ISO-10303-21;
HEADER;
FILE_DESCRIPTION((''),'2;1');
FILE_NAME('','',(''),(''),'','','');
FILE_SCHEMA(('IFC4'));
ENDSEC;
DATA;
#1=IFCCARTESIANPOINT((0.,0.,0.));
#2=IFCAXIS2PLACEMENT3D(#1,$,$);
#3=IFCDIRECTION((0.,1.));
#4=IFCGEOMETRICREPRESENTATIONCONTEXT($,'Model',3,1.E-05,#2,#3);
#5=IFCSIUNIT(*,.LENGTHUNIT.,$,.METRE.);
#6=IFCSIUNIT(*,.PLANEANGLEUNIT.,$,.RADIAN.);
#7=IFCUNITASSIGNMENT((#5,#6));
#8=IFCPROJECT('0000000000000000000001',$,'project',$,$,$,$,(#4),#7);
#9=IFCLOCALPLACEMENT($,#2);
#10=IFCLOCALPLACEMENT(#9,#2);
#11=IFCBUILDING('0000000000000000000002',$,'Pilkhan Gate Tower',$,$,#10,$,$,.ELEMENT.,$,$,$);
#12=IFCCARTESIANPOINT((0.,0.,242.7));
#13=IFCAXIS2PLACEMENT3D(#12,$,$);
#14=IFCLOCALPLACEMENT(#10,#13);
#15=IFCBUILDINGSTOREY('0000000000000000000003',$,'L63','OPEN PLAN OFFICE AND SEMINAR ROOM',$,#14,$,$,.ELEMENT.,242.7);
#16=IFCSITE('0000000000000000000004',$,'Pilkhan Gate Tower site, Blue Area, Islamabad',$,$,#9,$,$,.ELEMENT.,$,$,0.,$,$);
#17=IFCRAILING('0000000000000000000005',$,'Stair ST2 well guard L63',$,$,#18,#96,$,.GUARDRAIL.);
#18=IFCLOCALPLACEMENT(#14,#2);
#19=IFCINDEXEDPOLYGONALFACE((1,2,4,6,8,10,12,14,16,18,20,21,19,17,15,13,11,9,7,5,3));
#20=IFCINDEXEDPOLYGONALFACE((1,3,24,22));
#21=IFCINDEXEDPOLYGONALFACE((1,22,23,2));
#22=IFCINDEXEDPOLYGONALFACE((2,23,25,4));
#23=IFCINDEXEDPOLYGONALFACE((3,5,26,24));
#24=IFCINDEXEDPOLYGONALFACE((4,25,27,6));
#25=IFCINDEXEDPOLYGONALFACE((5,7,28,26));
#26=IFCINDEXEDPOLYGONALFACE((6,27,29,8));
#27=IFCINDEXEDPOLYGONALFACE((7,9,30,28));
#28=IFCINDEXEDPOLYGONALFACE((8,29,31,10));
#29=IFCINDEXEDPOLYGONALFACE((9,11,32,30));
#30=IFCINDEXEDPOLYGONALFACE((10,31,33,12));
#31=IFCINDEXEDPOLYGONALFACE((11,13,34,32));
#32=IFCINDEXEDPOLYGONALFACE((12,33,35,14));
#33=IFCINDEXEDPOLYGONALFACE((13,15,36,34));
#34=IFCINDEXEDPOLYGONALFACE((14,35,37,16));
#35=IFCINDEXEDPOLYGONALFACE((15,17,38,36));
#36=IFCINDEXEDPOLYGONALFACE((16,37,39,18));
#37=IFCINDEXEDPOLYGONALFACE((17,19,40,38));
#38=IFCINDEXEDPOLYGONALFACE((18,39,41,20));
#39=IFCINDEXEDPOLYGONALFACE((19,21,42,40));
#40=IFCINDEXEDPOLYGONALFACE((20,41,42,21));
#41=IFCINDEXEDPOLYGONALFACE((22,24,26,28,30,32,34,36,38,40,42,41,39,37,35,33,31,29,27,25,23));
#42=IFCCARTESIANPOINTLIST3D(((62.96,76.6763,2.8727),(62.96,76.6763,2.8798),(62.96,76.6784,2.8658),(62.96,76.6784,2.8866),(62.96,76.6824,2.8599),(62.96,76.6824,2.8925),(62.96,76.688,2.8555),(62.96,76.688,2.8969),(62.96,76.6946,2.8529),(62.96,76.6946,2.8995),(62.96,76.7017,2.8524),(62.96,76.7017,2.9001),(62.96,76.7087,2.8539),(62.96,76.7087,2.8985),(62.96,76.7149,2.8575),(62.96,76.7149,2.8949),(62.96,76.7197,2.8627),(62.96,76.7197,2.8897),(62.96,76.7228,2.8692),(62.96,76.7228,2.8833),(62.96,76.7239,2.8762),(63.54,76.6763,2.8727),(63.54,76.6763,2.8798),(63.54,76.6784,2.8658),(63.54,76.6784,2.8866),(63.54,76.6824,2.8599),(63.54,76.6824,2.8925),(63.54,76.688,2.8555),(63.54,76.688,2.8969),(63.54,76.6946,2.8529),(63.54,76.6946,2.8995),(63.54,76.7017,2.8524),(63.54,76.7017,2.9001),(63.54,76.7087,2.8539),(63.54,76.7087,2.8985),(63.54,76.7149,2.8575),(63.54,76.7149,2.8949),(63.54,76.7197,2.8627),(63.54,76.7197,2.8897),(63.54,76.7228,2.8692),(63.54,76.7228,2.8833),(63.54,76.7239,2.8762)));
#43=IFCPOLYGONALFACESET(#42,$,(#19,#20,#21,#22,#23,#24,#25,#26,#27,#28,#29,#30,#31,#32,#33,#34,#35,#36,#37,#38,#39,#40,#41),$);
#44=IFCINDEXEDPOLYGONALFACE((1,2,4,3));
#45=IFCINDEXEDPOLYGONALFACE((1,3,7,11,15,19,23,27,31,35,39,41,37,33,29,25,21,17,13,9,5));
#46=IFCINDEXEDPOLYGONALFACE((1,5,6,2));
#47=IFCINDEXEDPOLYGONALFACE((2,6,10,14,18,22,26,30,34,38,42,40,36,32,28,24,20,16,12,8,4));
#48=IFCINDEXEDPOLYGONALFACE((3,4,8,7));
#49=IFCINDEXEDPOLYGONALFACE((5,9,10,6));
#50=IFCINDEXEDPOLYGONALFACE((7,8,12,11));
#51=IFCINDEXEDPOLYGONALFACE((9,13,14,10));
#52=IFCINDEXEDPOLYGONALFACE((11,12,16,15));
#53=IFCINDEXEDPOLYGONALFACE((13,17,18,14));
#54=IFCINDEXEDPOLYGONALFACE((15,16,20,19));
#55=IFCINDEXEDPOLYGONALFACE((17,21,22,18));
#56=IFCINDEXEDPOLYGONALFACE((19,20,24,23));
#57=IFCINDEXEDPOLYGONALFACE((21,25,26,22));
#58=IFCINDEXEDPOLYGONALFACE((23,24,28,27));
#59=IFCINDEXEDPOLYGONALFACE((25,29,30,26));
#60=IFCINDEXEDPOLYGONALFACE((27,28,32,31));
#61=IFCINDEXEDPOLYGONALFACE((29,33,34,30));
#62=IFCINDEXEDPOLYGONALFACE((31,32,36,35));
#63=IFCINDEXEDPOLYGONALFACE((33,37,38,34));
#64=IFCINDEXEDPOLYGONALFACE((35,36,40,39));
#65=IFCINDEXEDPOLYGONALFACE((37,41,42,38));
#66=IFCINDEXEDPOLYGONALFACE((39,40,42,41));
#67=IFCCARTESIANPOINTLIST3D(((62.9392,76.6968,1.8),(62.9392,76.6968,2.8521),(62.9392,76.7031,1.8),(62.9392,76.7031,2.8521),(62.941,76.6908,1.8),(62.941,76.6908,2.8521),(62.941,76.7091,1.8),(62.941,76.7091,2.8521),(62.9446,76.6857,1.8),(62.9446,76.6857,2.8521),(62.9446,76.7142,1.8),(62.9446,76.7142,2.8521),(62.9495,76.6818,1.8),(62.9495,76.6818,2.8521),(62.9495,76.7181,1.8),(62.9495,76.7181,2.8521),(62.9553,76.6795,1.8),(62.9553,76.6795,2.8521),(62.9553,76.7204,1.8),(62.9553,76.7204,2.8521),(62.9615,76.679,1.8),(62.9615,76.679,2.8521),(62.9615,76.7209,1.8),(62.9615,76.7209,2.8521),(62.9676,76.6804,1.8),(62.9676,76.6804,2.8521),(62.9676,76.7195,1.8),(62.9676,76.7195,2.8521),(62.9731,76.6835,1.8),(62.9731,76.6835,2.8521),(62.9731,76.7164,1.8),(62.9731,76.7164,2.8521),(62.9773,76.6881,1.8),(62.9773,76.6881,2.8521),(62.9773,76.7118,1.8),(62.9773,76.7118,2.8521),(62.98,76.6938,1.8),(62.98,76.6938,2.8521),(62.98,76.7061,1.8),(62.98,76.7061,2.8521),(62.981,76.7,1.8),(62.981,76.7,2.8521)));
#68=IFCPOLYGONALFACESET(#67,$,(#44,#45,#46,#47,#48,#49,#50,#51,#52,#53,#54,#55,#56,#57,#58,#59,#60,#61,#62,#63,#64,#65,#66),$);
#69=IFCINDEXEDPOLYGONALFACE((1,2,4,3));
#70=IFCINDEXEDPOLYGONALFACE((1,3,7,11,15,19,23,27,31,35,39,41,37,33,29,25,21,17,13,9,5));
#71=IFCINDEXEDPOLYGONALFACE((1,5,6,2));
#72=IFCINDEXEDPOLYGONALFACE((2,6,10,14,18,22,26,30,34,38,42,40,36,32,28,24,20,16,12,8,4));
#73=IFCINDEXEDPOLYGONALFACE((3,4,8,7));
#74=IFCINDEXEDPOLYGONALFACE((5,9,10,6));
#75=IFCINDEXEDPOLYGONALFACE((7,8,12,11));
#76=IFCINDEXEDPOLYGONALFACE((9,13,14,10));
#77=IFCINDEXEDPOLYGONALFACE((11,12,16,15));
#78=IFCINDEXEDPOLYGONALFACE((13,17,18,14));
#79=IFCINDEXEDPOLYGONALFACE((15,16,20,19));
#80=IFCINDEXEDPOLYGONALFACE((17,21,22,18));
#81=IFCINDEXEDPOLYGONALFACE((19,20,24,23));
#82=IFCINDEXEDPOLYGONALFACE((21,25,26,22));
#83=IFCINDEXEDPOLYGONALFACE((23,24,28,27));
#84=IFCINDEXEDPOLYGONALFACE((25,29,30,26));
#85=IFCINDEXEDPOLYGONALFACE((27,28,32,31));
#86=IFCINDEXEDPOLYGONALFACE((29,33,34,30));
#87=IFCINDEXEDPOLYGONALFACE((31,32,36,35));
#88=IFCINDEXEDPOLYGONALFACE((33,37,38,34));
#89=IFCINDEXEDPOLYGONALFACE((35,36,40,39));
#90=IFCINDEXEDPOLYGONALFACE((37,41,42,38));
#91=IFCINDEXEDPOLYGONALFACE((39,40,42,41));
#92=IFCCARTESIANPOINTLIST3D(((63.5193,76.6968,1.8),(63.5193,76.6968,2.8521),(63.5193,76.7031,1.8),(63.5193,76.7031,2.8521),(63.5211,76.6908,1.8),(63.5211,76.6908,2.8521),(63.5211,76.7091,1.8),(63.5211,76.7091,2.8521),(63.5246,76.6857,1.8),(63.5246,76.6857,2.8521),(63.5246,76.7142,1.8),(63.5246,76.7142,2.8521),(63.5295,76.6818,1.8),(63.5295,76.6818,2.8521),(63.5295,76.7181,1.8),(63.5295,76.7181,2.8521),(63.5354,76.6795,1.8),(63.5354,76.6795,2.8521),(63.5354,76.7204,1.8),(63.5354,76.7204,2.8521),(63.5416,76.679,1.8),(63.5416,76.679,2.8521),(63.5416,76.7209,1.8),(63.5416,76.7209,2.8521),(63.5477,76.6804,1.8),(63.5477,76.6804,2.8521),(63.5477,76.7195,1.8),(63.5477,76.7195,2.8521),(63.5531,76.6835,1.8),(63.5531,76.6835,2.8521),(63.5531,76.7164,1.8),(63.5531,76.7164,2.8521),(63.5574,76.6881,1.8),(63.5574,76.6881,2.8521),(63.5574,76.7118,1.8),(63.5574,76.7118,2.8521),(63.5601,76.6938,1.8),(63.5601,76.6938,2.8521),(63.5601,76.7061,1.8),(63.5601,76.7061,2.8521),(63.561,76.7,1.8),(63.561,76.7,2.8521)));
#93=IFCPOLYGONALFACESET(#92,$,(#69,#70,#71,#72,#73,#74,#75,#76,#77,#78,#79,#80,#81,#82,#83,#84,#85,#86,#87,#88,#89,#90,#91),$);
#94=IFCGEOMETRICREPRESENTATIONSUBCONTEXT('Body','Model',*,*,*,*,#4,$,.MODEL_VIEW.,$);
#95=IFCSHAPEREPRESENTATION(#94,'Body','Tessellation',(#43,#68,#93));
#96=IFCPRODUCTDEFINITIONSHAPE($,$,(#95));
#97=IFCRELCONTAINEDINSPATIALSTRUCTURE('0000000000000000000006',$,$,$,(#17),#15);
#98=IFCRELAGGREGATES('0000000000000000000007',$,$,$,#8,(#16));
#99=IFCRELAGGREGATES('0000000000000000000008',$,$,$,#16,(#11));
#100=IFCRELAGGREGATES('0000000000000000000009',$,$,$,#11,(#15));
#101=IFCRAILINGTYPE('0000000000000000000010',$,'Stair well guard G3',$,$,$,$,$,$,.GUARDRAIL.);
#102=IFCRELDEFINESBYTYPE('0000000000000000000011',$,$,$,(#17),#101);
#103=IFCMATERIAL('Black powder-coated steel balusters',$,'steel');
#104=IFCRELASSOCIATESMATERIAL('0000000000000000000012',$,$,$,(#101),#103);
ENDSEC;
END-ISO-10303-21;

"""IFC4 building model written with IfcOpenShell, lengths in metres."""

from ifc_helpers import new_model, si_unit, direction, frame, origin, origin_2d, place, context, subcontext, project, spatial, circle, extrude, material, type_object, element, save


model = new_model("IFC4")

# Units and contexts
model_context = context("Model", 3, precision=1e-05, world=origin(), true_north=direction((0.0, 1.0)))
body_context = subcontext(model_context, "Body", "Model", "MODEL_VIEW")
ifc_project = project(units=[si_unit("LENGTHUNIT", "METRE"), si_unit("PLANEANGLEUNIT", "RADIAN")], contexts=[model_context])

# Site, building, storey
site_placement = place(None, origin())
site = spatial("IfcSite", under=ifc_project, at=site_placement, Name="Pilkhan Gate Tower site, Blue Area, Islamabad", CompositionType="ELEMENT", RefElevation=0.0)
building_placement = place(site_placement, origin())
building = spatial("IfcBuilding", under=site, at=building_placement, Name="Pilkhan Gate Tower", CompositionType="ELEMENT")
storey_placement = place(building_placement, frame((0.0, 0.0, 242.7)))
storey = spatial("IfcBuildingStorey", under=building, at=storey_placement, Name="L63", Description="OPEN PLAN OFFICE AND SEMINAR ROOM", CompositionType="ELEMENT", Elevation=242.7)

# Railing
ifc_material_1 = material(Name="Black powder-coated steel balusters", Category="steel")
railing_type_1 = type_object("IfcRailingType", Name="Stair well guard G3", PredefinedType="GUARDRAIL", material=ifc_material_1)
for number, where, name in (
    (1, (62.96, 76.7, 1.8), "Stair ST2 well guard L63"),
):
    element("IfcRailing", number, at=place(storey_placement, frame(where)), inside=storey, type_object=railing_type_1, Name=name, PredefinedType="GUARDRAIL", context=body_context, shape_type="SweptSolid", body=[
        extrude(circle(Radius=0.0239, at=origin_2d()), frame((0.0, 0.0, 1.0762), z_axis=(1.0, 0.0, 0.0), x_axis=(0.0, 1.0, 0.0)), (0.0, 0.0, 1.0), 0.5801),
        extrude(circle(Radius=0.021, at=origin_2d()), origin(), (0.0, 0.0, 1.0), 1.052),
        extrude(circle(Radius=0.021, at=origin_2d()), frame((0.5801, 0.0, 0.0)), (0.0, 0.0, 1.0), 1.052),
    ])

save(model, "model.ifc")
